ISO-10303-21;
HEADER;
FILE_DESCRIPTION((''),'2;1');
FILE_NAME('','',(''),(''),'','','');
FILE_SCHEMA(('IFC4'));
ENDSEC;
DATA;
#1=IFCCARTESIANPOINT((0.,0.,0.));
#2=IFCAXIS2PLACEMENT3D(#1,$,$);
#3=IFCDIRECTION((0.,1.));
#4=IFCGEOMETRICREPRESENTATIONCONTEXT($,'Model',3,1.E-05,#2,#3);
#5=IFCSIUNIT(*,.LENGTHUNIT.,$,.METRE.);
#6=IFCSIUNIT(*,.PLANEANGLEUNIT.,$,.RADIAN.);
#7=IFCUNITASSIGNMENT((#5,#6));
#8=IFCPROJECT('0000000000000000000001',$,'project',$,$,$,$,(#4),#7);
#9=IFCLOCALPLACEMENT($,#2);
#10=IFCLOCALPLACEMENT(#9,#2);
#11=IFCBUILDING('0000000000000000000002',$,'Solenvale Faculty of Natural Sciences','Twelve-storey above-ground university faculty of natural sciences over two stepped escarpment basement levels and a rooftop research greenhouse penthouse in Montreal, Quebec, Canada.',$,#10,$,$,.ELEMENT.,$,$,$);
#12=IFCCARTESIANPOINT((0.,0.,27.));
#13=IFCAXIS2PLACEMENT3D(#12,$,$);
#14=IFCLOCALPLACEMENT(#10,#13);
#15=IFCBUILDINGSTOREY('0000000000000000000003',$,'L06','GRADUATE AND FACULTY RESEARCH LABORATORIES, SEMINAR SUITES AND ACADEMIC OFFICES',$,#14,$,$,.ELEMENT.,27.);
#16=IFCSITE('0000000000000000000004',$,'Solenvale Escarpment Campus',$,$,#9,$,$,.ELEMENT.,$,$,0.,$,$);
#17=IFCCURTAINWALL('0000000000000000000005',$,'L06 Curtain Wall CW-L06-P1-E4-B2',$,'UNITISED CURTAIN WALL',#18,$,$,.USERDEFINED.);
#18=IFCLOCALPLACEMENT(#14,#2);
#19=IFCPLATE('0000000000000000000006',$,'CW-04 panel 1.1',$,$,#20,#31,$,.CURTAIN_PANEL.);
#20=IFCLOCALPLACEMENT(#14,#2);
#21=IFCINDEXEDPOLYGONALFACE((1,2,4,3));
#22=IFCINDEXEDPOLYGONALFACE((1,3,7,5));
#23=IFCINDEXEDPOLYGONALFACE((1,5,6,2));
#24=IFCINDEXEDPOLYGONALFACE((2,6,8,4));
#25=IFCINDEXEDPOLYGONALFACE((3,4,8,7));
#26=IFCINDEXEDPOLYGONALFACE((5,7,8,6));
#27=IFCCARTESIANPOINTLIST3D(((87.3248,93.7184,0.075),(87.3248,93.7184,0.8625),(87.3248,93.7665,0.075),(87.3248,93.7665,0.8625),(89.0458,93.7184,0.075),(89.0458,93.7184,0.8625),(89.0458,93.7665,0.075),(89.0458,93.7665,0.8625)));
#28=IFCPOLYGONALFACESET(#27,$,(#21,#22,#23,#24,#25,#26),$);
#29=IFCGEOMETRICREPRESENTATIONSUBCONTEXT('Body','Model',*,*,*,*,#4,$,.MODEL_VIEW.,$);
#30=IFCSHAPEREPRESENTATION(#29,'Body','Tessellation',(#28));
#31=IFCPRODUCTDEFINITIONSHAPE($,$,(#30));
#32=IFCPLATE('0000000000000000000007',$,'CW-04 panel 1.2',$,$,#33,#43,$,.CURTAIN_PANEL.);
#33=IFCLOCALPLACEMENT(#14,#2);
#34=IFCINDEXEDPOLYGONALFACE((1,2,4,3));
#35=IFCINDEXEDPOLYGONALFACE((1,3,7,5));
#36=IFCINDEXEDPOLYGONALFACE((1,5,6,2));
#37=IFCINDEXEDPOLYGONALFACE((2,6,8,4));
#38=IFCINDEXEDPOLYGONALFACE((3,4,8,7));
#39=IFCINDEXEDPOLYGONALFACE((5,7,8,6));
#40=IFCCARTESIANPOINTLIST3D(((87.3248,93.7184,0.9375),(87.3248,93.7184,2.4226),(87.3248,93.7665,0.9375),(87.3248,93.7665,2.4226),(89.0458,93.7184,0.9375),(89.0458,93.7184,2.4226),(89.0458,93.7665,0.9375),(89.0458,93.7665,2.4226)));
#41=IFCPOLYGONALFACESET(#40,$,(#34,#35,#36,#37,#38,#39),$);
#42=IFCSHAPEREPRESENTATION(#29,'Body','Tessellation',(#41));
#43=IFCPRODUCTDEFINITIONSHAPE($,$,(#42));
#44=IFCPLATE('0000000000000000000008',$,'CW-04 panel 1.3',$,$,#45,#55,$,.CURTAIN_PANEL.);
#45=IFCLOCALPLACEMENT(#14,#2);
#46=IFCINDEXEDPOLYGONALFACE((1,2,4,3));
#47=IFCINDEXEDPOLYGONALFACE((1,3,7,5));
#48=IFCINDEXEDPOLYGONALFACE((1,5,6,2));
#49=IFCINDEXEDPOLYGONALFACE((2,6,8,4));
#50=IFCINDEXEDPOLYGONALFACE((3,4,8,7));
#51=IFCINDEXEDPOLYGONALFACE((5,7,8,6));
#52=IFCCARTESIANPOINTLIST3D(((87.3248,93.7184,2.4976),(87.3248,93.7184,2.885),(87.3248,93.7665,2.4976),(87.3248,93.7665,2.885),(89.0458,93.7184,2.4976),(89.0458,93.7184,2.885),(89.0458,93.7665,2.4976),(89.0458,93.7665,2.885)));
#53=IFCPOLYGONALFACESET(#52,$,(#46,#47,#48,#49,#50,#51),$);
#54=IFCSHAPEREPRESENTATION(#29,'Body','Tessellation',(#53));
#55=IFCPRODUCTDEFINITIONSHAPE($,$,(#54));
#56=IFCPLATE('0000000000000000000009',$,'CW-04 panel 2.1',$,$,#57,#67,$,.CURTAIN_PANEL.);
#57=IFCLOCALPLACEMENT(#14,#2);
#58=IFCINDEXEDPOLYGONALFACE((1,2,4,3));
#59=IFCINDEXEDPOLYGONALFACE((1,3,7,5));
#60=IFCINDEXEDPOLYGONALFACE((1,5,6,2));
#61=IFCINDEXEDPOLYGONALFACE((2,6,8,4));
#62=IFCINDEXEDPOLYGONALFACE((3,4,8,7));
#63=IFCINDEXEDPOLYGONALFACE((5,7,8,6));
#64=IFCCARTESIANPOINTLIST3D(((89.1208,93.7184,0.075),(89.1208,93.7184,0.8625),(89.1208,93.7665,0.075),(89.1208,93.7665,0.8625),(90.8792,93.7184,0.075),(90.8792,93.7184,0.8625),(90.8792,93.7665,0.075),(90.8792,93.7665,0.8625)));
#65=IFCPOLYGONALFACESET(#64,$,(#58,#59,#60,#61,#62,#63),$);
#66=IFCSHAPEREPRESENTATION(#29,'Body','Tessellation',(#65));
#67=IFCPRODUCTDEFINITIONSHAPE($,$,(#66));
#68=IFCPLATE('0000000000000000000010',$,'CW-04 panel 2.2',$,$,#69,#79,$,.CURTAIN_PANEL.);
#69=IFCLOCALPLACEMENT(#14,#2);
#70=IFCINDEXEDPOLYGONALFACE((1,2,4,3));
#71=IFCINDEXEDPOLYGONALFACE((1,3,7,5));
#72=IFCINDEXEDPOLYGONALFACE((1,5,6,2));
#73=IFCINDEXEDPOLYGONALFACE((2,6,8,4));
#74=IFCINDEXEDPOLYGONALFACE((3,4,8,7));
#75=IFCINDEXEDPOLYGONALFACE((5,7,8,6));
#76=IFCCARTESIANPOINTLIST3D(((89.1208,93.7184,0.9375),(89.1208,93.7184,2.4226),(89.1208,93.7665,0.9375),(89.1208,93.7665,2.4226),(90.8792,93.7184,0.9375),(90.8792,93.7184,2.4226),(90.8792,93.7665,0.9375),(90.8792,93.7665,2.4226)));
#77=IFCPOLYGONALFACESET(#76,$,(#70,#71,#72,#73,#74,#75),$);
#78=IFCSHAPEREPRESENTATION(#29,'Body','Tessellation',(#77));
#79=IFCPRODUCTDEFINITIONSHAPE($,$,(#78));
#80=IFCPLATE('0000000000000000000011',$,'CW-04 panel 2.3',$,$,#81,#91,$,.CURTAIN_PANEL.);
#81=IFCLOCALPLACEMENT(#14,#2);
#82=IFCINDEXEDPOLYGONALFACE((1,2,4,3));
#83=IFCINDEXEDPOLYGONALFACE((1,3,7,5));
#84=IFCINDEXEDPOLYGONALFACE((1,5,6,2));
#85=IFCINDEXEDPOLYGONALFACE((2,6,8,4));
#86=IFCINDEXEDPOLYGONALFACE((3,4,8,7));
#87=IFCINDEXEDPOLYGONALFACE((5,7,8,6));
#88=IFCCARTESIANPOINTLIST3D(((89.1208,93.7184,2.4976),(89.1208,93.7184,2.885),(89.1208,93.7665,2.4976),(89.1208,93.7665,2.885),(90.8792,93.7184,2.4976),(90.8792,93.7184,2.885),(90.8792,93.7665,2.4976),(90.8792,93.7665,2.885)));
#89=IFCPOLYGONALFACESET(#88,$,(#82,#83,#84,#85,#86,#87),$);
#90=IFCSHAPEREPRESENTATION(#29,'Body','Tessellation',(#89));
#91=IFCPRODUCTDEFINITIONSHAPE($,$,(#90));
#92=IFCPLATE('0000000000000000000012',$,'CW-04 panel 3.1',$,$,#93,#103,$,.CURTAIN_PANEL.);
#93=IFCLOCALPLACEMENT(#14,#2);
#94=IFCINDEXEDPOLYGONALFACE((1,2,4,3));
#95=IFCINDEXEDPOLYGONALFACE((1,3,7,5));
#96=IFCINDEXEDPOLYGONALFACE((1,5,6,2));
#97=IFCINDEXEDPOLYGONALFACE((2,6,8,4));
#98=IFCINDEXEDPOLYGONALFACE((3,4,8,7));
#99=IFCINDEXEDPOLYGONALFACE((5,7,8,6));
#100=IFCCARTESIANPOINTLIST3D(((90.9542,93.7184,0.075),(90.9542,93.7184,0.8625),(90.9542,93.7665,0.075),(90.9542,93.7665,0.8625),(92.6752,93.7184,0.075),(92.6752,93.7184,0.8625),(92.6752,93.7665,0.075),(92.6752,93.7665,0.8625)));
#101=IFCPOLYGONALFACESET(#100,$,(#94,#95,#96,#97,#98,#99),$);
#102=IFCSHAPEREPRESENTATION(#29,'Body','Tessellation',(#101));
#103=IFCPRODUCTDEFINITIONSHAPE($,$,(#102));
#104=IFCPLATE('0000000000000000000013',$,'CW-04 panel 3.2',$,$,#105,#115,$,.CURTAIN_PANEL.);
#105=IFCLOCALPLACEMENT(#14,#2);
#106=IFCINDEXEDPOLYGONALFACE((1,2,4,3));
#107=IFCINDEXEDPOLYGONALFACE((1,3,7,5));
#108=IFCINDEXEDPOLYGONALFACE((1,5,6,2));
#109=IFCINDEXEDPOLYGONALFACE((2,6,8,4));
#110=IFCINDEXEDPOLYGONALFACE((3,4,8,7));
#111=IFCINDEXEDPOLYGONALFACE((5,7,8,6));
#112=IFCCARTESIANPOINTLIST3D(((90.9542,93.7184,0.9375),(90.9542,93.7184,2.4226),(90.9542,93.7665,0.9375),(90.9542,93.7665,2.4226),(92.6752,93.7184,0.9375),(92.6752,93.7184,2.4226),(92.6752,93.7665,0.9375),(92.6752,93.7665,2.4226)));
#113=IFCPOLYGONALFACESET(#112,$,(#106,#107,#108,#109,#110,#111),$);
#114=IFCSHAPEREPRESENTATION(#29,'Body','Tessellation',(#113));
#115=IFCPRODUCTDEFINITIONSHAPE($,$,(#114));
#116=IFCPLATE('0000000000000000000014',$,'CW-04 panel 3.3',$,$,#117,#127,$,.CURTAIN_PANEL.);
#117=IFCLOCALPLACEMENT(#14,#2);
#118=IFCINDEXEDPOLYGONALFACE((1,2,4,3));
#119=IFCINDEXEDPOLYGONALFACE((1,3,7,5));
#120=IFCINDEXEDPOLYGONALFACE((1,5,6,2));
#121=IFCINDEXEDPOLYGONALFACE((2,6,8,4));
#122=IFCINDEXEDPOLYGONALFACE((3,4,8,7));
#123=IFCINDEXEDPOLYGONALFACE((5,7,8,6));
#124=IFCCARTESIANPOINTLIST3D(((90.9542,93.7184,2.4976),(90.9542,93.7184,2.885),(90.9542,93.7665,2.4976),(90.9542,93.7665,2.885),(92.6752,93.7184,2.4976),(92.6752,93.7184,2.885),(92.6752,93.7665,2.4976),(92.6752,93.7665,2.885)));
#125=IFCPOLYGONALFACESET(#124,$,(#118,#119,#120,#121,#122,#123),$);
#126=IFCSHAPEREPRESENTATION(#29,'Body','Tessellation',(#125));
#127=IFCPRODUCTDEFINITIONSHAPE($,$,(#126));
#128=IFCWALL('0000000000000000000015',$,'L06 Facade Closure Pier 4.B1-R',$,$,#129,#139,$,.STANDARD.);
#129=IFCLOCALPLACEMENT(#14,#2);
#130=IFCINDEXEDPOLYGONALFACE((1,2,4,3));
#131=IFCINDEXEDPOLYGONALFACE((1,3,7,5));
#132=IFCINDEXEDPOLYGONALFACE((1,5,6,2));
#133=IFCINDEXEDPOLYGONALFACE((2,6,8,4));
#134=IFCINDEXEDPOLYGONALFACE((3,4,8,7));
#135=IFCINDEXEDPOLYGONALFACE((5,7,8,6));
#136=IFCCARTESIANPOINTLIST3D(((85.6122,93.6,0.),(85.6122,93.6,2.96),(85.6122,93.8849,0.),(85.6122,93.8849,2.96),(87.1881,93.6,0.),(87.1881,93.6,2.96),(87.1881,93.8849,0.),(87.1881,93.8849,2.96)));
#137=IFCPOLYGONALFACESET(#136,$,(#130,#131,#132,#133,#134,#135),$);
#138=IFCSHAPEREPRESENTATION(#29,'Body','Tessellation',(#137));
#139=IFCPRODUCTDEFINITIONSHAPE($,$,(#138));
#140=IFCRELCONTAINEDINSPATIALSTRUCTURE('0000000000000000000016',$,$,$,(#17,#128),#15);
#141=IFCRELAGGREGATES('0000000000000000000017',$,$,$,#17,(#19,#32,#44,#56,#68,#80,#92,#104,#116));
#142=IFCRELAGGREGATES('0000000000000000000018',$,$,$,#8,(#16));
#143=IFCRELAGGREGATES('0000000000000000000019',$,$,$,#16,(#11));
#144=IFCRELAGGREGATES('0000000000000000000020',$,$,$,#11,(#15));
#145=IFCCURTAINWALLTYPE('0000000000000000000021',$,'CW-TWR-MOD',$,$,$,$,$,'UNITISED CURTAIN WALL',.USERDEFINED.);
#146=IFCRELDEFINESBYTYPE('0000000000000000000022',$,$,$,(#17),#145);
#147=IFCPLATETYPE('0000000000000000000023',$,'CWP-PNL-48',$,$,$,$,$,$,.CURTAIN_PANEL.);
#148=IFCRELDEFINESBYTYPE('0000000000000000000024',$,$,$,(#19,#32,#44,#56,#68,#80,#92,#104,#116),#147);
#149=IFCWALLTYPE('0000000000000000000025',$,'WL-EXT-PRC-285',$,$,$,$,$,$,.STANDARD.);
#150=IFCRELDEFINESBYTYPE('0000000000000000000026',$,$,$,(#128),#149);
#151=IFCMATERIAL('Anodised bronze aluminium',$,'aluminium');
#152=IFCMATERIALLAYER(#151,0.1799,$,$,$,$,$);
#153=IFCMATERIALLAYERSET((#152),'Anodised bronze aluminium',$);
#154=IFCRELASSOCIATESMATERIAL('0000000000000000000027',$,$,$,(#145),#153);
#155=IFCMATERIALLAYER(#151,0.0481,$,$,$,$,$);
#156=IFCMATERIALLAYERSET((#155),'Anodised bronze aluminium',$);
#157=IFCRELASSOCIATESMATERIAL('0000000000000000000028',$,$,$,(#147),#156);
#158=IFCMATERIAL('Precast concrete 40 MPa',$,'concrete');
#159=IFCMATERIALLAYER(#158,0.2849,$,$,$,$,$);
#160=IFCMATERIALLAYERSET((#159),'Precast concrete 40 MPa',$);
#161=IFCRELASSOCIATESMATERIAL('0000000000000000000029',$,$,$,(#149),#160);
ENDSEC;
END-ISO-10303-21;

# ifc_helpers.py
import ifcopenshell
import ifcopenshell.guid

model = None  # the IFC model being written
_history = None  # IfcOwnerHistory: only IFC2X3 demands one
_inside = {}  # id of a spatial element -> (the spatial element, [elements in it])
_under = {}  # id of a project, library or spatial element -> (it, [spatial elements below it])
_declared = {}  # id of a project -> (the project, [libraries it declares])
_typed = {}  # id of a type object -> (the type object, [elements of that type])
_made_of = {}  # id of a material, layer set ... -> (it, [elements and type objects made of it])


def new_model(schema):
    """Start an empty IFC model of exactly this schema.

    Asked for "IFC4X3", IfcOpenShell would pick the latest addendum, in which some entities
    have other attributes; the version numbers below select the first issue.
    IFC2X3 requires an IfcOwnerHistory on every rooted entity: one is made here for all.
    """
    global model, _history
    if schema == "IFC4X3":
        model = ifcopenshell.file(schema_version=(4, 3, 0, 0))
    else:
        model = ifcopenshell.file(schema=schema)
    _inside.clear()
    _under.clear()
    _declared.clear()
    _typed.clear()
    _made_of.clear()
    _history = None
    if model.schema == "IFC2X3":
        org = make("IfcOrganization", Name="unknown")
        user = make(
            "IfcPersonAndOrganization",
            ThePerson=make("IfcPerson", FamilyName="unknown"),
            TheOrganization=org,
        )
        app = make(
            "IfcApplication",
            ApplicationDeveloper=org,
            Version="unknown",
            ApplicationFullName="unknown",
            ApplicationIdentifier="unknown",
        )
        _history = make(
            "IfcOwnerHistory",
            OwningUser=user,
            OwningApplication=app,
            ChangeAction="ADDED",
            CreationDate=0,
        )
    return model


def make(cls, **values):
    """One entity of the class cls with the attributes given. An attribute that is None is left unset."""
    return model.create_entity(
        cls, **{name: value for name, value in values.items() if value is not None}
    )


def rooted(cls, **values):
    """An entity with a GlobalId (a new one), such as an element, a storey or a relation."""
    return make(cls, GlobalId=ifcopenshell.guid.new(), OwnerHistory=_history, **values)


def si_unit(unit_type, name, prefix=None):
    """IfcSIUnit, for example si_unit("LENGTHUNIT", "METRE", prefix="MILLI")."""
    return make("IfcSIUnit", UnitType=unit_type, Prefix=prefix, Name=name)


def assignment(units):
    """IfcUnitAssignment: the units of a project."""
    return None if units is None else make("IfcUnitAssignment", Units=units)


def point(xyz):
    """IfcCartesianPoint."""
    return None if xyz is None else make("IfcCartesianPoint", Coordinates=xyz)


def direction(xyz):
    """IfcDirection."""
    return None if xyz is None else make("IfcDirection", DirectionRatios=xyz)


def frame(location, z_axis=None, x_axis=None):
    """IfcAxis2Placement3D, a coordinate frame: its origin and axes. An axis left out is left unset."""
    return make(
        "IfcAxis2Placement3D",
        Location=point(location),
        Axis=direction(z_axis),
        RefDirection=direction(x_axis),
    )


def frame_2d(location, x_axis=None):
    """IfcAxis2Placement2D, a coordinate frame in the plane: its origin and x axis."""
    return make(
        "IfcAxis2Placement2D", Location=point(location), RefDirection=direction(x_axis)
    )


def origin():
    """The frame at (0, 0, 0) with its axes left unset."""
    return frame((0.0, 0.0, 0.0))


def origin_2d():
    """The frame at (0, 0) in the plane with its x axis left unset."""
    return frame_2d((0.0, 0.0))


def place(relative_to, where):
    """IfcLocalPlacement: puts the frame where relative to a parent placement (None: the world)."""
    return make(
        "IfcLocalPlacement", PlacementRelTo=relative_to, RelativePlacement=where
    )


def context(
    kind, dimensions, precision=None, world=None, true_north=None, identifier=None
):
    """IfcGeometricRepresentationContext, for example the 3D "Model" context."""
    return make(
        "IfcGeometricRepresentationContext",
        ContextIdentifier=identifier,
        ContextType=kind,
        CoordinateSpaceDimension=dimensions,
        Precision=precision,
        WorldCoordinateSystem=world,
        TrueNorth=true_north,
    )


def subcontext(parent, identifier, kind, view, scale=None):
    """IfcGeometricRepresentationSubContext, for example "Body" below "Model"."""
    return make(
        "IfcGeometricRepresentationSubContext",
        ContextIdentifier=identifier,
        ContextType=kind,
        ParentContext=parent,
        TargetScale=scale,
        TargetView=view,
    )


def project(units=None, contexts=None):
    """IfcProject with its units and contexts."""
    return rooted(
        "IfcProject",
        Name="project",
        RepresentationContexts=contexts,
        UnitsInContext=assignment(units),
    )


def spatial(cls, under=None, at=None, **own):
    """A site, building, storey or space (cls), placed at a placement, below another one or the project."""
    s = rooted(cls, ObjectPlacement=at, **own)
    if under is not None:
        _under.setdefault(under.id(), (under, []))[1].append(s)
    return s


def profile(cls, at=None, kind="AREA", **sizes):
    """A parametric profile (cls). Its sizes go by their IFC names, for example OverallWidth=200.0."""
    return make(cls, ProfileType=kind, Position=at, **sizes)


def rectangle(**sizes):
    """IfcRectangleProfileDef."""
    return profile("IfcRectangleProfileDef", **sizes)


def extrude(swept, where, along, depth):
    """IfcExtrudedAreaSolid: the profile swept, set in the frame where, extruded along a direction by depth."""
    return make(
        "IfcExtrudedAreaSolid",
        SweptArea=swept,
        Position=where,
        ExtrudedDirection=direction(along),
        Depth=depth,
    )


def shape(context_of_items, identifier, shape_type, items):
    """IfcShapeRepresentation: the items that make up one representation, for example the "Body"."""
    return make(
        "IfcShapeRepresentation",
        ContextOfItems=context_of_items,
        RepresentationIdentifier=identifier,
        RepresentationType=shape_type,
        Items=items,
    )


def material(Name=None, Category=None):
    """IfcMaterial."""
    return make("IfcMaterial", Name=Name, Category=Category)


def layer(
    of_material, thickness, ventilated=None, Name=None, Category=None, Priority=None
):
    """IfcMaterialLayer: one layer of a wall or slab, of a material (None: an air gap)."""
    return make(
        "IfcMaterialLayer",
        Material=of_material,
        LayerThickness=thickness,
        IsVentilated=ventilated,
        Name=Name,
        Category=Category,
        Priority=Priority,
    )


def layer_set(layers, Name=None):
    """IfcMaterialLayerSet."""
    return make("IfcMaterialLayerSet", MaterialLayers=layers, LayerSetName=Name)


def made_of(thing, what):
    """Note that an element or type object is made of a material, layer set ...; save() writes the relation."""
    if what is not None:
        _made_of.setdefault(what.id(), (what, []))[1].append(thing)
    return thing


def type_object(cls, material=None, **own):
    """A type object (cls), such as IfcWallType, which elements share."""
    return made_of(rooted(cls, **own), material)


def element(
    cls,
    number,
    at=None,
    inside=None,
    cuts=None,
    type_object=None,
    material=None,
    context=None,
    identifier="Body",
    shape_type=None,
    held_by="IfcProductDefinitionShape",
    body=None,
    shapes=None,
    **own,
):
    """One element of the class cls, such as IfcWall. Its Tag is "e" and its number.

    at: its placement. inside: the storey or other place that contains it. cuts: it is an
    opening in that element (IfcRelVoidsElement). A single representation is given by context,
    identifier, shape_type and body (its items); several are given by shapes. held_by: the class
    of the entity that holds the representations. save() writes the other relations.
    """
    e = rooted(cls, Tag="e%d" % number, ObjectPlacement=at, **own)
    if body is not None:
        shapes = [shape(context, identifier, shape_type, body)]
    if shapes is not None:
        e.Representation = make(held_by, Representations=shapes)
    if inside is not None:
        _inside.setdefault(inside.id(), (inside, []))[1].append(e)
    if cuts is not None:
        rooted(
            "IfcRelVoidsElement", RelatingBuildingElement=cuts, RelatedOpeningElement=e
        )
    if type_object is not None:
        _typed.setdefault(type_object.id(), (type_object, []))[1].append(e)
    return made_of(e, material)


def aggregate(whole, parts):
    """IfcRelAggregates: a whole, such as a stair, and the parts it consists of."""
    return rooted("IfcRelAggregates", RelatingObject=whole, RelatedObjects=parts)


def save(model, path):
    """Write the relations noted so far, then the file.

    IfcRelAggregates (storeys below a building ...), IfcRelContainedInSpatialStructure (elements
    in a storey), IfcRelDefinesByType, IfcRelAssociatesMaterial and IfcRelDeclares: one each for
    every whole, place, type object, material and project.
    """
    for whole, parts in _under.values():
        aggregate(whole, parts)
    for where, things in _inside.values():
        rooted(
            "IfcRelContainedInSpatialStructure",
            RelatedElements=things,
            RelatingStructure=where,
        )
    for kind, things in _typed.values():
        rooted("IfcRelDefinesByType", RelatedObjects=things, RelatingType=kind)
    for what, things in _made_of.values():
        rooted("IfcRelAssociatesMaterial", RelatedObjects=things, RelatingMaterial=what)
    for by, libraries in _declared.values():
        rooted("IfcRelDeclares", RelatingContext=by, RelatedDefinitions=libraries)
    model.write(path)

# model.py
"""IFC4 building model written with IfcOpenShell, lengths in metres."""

from ifc_helpers import new_model, si_unit, direction, frame, frame_2d, origin, origin_2d, place, context, subcontext, project, spatial, rectangle, extrude, material, layer, layer_set, type_object, element, aggregate, save


model = new_model("IFC4")

# Units and contexts
model_context = context("Model", 3, precision=1e-05, world=origin(), true_north=direction((0.0, 1.0)))
body_context = subcontext(model_context, "Body", "Model", "MODEL_VIEW")
ifc_project = project(units=[si_unit("LENGTHUNIT", "METRE"), si_unit("PLANEANGLEUNIT", "RADIAN")], contexts=[model_context])

# Site, building, storey
site_placement = place(None, origin())
site = spatial("IfcSite", under=ifc_project, at=site_placement, Name="Solenvale Escarpment Campus", CompositionType="ELEMENT", RefElevation=0.0)
building_placement = place(site_placement, origin())
building = spatial("IfcBuilding", under=site, at=building_placement, Name="Solenvale Faculty of Natural Sciences", Description="Twelve-storey above-ground university faculty of natural sciences over two stepped escarpment basement levels and a rooftop research greenhouse penthouse in Montreal, Quebec, Canada.", CompositionType="ELEMENT")
storey_placement = place(building_placement, frame((0.0, 0.0, 27.0)))
storey = spatial("IfcBuildingStorey", under=building, at=storey_placement, Name="L06", Description="GRADUATE AND FACULTY RESEARCH LABORATORIES, SEMINAR SUITES AND ACADEMIC OFFICES", CompositionType="ELEMENT", Elevation=27.0)

# Shared definitions
ifc_material_1 = material(Name="Anodised bronze aluminium", Category="aluminium")
ifc_layer_1 = layer(ifc_material_1, 0.1799)
ifc_layer_set_1 = layer_set([ifc_layer_1], Name="Anodised bronze aluminium")
curtain_wall_type = type_object("IfcCurtainWallType", Name="CW-TWR-MOD", ElementType="UNITISED CURTAIN WALL", PredefinedType="USERDEFINED", material=ifc_layer_set_1)

# Curtain wall, plates
curtain_wall_1_placement = place(storey_placement, origin())
curtain_wall_1 = element("IfcCurtainWall", 1, at=curtain_wall_1_placement, inside=storey, type_object=curtain_wall_type, Name="L06 Curtain Wall CW-L06-P1-E4-B2", ObjectType="UNITISED CURTAIN WALL", PredefinedType="USERDEFINED")
ifc_layer_2 = layer(ifc_material_1, 0.0481)
ifc_layer_set_2 = layer_set([ifc_layer_2], Name="Anodised bronze aluminium")
plate_type = type_object("IfcPlateType", Name="CWP-PNL-48", PredefinedType="CURTAIN_PANEL", material=ifc_layer_set_2)
plate_1_placement = place(storey_placement, frame((88.1853, 93.7424, 0.075), z_axis=(0.0, 0.0, 1.0), x_axis=(1.0, 0.0, 0.0)))
plate_1 = element("IfcPlate", 2, at=plate_1_placement, type_object=plate_type, Name="CW-04 panel 1.1", PredefinedType="CURTAIN_PANEL", context=body_context, shape_type="SweptSolid", body=[
    extrude(rectangle(XDim=1.7209, YDim=0.0481, at=origin_2d()), origin(), (0.0, 0.0, 1.0), 0.7876),
])
plate_2_placement = place(storey_placement, frame((88.1853, 93.7424, 0.9375), z_axis=(0.0, 0.0, 1.0), x_axis=(1.0, 0.0, 0.0)))
plate_2 = element("IfcPlate", 3, at=plate_2_placement, type_object=plate_type, Name="CW-04 panel 1.2", PredefinedType="CURTAIN_PANEL", context=body_context, shape_type="SweptSolid", body=[
    extrude(rectangle(XDim=1.7209, YDim=0.0481, at=origin_2d()), origin(), (0.0, 0.0, 1.0), 1.4851),
])
plate_3_placement = place(storey_placement, frame((88.1853, 93.7424, 2.4976), z_axis=(0.0, 0.0, 1.0), x_axis=(1.0, 0.0, 0.0)))
plate_3 = element("IfcPlate", 4, at=plate_3_placement, type_object=plate_type, Name="CW-04 panel 1.3", PredefinedType="CURTAIN_PANEL", context=body_context, shape_type="SweptSolid", body=[
    extrude(rectangle(XDim=1.7209, YDim=0.0481, at=origin_2d()), origin(), (0.0, 0.0, 1.0), 0.3875),
])
plate_4_placement = place(storey_placement, frame((90.0, 93.7424, 0.075), z_axis=(0.0, 0.0, 1.0), x_axis=(1.0, 0.0, 0.0)))
plate_4 = element("IfcPlate", 5, at=plate_4_placement, type_object=plate_type, Name="CW-04 panel 2.1", PredefinedType="CURTAIN_PANEL", context=body_context, shape_type="SweptSolid", body=[
    extrude(rectangle(XDim=1.7583, YDim=0.0481, at=origin_2d()), origin(), (0.0, 0.0, 1.0), 0.7876),
])
plate_5_placement = place(storey_placement, frame((90.0, 93.7424, 0.9375), z_axis=(0.0, 0.0, 1.0), x_axis=(1.0, 0.0, 0.0)))
plate_5 = element("IfcPlate", 6, at=plate_5_placement, type_object=plate_type, Name="CW-04 panel 2.2", PredefinedType="CURTAIN_PANEL", context=body_context, shape_type="SweptSolid", body=[
    extrude(rectangle(XDim=1.7583, YDim=0.0481, at=origin_2d()), origin(), (0.0, 0.0, 1.0), 1.4851),
])
plate_6_placement = place(storey_placement, frame((90.0, 93.7424, 2.4976), z_axis=(0.0, 0.0, 1.0), x_axis=(1.0, 0.0, 0.0)))
plate_6 = element("IfcPlate", 7, at=plate_6_placement, type_object=plate_type, Name="CW-04 panel 2.3", PredefinedType="CURTAIN_PANEL", context=body_context, shape_type="SweptSolid", body=[
    extrude(rectangle(XDim=1.7583, YDim=0.0481, at=origin_2d()), origin(), (0.0, 0.0, 1.0), 0.3875),
])
plate_7_placement = place(storey_placement, frame((91.8147, 93.7424, 0.075), z_axis=(0.0, 0.0, 1.0), x_axis=(1.0, 0.0, 0.0)))
plate_7 = element("IfcPlate", 8, at=plate_7_placement, type_object=plate_type, Name="CW-04 panel 3.1", PredefinedType="CURTAIN_PANEL", context=body_context, shape_type="SweptSolid", body=[
    extrude(rectangle(XDim=1.7209, YDim=0.0481, at=origin_2d()), origin(), (0.0, 0.0, 1.0), 0.7876),
])
plate_8_placement = place(storey_placement, frame((91.8147, 93.7424, 0.9375), z_axis=(0.0, 0.0, 1.0), x_axis=(1.0, 0.0, 0.0)))
plate_8 = element("IfcPlate", 9, at=plate_8_placement, type_object=plate_type, Name="CW-04 panel 3.2", PredefinedType="CURTAIN_PANEL", context=body_context, shape_type="SweptSolid", body=[
    extrude(rectangle(XDim=1.7209, YDim=0.0481, at=origin_2d()), origin(), (0.0, 0.0, 1.0), 1.4851),
])
plate_9_placement = place(storey_placement, frame((91.8147, 93.7424, 2.4976), z_axis=(0.0, 0.0, 1.0), x_axis=(1.0, 0.0, 0.0)))
plate_9 = element("IfcPlate", 10, at=plate_9_placement, type_object=plate_type, Name="CW-04 panel 3.3", PredefinedType="CURTAIN_PANEL", context=body_context, shape_type="SweptSolid", body=[
    extrude(rectangle(XDim=1.7209, YDim=0.0481, at=origin_2d()), origin(), (0.0, 0.0, 1.0), 0.3875),
])
aggregate(curtain_wall_1, [plate_1, plate_2, plate_3, plate_4, plate_5, plate_6, plate_7, plate_8, plate_9])

# Wall
ifc_material_2 = material(Name="Precast concrete 40 MPa", Category="concrete")
ifc_layer_3 = layer(ifc_material_2, 0.2849)
ifc_layer_set_3 = layer_set([ifc_layer_3], Name="Precast concrete 40 MPa")
wall_type = type_object("IfcWallType", Name="WL-EXT-PRC-285", PredefinedType="STANDARD", material=ifc_layer_set_3)
wall_placement = place(storey_placement, frame((85.6121, 93.7424, 0.0), z_axis=(0.0, 0.0, 1.0), x_axis=(1.0, 0.0, 0.0)))
element("IfcWall", 11, at=wall_placement, inside=storey, type_object=wall_type, Name="L06 Facade Closure Pier 4.B1-R", PredefinedType="STANDARD", context=body_context, shape_type="SweptSolid", body=[
    extrude(rectangle(XDim=1.5759, YDim=0.2849, at=frame_2d((0.7881, 0.0))), origin(), (0.0, 0.0, 1.0), 2.96),
])

save(model, "model.ifc")
